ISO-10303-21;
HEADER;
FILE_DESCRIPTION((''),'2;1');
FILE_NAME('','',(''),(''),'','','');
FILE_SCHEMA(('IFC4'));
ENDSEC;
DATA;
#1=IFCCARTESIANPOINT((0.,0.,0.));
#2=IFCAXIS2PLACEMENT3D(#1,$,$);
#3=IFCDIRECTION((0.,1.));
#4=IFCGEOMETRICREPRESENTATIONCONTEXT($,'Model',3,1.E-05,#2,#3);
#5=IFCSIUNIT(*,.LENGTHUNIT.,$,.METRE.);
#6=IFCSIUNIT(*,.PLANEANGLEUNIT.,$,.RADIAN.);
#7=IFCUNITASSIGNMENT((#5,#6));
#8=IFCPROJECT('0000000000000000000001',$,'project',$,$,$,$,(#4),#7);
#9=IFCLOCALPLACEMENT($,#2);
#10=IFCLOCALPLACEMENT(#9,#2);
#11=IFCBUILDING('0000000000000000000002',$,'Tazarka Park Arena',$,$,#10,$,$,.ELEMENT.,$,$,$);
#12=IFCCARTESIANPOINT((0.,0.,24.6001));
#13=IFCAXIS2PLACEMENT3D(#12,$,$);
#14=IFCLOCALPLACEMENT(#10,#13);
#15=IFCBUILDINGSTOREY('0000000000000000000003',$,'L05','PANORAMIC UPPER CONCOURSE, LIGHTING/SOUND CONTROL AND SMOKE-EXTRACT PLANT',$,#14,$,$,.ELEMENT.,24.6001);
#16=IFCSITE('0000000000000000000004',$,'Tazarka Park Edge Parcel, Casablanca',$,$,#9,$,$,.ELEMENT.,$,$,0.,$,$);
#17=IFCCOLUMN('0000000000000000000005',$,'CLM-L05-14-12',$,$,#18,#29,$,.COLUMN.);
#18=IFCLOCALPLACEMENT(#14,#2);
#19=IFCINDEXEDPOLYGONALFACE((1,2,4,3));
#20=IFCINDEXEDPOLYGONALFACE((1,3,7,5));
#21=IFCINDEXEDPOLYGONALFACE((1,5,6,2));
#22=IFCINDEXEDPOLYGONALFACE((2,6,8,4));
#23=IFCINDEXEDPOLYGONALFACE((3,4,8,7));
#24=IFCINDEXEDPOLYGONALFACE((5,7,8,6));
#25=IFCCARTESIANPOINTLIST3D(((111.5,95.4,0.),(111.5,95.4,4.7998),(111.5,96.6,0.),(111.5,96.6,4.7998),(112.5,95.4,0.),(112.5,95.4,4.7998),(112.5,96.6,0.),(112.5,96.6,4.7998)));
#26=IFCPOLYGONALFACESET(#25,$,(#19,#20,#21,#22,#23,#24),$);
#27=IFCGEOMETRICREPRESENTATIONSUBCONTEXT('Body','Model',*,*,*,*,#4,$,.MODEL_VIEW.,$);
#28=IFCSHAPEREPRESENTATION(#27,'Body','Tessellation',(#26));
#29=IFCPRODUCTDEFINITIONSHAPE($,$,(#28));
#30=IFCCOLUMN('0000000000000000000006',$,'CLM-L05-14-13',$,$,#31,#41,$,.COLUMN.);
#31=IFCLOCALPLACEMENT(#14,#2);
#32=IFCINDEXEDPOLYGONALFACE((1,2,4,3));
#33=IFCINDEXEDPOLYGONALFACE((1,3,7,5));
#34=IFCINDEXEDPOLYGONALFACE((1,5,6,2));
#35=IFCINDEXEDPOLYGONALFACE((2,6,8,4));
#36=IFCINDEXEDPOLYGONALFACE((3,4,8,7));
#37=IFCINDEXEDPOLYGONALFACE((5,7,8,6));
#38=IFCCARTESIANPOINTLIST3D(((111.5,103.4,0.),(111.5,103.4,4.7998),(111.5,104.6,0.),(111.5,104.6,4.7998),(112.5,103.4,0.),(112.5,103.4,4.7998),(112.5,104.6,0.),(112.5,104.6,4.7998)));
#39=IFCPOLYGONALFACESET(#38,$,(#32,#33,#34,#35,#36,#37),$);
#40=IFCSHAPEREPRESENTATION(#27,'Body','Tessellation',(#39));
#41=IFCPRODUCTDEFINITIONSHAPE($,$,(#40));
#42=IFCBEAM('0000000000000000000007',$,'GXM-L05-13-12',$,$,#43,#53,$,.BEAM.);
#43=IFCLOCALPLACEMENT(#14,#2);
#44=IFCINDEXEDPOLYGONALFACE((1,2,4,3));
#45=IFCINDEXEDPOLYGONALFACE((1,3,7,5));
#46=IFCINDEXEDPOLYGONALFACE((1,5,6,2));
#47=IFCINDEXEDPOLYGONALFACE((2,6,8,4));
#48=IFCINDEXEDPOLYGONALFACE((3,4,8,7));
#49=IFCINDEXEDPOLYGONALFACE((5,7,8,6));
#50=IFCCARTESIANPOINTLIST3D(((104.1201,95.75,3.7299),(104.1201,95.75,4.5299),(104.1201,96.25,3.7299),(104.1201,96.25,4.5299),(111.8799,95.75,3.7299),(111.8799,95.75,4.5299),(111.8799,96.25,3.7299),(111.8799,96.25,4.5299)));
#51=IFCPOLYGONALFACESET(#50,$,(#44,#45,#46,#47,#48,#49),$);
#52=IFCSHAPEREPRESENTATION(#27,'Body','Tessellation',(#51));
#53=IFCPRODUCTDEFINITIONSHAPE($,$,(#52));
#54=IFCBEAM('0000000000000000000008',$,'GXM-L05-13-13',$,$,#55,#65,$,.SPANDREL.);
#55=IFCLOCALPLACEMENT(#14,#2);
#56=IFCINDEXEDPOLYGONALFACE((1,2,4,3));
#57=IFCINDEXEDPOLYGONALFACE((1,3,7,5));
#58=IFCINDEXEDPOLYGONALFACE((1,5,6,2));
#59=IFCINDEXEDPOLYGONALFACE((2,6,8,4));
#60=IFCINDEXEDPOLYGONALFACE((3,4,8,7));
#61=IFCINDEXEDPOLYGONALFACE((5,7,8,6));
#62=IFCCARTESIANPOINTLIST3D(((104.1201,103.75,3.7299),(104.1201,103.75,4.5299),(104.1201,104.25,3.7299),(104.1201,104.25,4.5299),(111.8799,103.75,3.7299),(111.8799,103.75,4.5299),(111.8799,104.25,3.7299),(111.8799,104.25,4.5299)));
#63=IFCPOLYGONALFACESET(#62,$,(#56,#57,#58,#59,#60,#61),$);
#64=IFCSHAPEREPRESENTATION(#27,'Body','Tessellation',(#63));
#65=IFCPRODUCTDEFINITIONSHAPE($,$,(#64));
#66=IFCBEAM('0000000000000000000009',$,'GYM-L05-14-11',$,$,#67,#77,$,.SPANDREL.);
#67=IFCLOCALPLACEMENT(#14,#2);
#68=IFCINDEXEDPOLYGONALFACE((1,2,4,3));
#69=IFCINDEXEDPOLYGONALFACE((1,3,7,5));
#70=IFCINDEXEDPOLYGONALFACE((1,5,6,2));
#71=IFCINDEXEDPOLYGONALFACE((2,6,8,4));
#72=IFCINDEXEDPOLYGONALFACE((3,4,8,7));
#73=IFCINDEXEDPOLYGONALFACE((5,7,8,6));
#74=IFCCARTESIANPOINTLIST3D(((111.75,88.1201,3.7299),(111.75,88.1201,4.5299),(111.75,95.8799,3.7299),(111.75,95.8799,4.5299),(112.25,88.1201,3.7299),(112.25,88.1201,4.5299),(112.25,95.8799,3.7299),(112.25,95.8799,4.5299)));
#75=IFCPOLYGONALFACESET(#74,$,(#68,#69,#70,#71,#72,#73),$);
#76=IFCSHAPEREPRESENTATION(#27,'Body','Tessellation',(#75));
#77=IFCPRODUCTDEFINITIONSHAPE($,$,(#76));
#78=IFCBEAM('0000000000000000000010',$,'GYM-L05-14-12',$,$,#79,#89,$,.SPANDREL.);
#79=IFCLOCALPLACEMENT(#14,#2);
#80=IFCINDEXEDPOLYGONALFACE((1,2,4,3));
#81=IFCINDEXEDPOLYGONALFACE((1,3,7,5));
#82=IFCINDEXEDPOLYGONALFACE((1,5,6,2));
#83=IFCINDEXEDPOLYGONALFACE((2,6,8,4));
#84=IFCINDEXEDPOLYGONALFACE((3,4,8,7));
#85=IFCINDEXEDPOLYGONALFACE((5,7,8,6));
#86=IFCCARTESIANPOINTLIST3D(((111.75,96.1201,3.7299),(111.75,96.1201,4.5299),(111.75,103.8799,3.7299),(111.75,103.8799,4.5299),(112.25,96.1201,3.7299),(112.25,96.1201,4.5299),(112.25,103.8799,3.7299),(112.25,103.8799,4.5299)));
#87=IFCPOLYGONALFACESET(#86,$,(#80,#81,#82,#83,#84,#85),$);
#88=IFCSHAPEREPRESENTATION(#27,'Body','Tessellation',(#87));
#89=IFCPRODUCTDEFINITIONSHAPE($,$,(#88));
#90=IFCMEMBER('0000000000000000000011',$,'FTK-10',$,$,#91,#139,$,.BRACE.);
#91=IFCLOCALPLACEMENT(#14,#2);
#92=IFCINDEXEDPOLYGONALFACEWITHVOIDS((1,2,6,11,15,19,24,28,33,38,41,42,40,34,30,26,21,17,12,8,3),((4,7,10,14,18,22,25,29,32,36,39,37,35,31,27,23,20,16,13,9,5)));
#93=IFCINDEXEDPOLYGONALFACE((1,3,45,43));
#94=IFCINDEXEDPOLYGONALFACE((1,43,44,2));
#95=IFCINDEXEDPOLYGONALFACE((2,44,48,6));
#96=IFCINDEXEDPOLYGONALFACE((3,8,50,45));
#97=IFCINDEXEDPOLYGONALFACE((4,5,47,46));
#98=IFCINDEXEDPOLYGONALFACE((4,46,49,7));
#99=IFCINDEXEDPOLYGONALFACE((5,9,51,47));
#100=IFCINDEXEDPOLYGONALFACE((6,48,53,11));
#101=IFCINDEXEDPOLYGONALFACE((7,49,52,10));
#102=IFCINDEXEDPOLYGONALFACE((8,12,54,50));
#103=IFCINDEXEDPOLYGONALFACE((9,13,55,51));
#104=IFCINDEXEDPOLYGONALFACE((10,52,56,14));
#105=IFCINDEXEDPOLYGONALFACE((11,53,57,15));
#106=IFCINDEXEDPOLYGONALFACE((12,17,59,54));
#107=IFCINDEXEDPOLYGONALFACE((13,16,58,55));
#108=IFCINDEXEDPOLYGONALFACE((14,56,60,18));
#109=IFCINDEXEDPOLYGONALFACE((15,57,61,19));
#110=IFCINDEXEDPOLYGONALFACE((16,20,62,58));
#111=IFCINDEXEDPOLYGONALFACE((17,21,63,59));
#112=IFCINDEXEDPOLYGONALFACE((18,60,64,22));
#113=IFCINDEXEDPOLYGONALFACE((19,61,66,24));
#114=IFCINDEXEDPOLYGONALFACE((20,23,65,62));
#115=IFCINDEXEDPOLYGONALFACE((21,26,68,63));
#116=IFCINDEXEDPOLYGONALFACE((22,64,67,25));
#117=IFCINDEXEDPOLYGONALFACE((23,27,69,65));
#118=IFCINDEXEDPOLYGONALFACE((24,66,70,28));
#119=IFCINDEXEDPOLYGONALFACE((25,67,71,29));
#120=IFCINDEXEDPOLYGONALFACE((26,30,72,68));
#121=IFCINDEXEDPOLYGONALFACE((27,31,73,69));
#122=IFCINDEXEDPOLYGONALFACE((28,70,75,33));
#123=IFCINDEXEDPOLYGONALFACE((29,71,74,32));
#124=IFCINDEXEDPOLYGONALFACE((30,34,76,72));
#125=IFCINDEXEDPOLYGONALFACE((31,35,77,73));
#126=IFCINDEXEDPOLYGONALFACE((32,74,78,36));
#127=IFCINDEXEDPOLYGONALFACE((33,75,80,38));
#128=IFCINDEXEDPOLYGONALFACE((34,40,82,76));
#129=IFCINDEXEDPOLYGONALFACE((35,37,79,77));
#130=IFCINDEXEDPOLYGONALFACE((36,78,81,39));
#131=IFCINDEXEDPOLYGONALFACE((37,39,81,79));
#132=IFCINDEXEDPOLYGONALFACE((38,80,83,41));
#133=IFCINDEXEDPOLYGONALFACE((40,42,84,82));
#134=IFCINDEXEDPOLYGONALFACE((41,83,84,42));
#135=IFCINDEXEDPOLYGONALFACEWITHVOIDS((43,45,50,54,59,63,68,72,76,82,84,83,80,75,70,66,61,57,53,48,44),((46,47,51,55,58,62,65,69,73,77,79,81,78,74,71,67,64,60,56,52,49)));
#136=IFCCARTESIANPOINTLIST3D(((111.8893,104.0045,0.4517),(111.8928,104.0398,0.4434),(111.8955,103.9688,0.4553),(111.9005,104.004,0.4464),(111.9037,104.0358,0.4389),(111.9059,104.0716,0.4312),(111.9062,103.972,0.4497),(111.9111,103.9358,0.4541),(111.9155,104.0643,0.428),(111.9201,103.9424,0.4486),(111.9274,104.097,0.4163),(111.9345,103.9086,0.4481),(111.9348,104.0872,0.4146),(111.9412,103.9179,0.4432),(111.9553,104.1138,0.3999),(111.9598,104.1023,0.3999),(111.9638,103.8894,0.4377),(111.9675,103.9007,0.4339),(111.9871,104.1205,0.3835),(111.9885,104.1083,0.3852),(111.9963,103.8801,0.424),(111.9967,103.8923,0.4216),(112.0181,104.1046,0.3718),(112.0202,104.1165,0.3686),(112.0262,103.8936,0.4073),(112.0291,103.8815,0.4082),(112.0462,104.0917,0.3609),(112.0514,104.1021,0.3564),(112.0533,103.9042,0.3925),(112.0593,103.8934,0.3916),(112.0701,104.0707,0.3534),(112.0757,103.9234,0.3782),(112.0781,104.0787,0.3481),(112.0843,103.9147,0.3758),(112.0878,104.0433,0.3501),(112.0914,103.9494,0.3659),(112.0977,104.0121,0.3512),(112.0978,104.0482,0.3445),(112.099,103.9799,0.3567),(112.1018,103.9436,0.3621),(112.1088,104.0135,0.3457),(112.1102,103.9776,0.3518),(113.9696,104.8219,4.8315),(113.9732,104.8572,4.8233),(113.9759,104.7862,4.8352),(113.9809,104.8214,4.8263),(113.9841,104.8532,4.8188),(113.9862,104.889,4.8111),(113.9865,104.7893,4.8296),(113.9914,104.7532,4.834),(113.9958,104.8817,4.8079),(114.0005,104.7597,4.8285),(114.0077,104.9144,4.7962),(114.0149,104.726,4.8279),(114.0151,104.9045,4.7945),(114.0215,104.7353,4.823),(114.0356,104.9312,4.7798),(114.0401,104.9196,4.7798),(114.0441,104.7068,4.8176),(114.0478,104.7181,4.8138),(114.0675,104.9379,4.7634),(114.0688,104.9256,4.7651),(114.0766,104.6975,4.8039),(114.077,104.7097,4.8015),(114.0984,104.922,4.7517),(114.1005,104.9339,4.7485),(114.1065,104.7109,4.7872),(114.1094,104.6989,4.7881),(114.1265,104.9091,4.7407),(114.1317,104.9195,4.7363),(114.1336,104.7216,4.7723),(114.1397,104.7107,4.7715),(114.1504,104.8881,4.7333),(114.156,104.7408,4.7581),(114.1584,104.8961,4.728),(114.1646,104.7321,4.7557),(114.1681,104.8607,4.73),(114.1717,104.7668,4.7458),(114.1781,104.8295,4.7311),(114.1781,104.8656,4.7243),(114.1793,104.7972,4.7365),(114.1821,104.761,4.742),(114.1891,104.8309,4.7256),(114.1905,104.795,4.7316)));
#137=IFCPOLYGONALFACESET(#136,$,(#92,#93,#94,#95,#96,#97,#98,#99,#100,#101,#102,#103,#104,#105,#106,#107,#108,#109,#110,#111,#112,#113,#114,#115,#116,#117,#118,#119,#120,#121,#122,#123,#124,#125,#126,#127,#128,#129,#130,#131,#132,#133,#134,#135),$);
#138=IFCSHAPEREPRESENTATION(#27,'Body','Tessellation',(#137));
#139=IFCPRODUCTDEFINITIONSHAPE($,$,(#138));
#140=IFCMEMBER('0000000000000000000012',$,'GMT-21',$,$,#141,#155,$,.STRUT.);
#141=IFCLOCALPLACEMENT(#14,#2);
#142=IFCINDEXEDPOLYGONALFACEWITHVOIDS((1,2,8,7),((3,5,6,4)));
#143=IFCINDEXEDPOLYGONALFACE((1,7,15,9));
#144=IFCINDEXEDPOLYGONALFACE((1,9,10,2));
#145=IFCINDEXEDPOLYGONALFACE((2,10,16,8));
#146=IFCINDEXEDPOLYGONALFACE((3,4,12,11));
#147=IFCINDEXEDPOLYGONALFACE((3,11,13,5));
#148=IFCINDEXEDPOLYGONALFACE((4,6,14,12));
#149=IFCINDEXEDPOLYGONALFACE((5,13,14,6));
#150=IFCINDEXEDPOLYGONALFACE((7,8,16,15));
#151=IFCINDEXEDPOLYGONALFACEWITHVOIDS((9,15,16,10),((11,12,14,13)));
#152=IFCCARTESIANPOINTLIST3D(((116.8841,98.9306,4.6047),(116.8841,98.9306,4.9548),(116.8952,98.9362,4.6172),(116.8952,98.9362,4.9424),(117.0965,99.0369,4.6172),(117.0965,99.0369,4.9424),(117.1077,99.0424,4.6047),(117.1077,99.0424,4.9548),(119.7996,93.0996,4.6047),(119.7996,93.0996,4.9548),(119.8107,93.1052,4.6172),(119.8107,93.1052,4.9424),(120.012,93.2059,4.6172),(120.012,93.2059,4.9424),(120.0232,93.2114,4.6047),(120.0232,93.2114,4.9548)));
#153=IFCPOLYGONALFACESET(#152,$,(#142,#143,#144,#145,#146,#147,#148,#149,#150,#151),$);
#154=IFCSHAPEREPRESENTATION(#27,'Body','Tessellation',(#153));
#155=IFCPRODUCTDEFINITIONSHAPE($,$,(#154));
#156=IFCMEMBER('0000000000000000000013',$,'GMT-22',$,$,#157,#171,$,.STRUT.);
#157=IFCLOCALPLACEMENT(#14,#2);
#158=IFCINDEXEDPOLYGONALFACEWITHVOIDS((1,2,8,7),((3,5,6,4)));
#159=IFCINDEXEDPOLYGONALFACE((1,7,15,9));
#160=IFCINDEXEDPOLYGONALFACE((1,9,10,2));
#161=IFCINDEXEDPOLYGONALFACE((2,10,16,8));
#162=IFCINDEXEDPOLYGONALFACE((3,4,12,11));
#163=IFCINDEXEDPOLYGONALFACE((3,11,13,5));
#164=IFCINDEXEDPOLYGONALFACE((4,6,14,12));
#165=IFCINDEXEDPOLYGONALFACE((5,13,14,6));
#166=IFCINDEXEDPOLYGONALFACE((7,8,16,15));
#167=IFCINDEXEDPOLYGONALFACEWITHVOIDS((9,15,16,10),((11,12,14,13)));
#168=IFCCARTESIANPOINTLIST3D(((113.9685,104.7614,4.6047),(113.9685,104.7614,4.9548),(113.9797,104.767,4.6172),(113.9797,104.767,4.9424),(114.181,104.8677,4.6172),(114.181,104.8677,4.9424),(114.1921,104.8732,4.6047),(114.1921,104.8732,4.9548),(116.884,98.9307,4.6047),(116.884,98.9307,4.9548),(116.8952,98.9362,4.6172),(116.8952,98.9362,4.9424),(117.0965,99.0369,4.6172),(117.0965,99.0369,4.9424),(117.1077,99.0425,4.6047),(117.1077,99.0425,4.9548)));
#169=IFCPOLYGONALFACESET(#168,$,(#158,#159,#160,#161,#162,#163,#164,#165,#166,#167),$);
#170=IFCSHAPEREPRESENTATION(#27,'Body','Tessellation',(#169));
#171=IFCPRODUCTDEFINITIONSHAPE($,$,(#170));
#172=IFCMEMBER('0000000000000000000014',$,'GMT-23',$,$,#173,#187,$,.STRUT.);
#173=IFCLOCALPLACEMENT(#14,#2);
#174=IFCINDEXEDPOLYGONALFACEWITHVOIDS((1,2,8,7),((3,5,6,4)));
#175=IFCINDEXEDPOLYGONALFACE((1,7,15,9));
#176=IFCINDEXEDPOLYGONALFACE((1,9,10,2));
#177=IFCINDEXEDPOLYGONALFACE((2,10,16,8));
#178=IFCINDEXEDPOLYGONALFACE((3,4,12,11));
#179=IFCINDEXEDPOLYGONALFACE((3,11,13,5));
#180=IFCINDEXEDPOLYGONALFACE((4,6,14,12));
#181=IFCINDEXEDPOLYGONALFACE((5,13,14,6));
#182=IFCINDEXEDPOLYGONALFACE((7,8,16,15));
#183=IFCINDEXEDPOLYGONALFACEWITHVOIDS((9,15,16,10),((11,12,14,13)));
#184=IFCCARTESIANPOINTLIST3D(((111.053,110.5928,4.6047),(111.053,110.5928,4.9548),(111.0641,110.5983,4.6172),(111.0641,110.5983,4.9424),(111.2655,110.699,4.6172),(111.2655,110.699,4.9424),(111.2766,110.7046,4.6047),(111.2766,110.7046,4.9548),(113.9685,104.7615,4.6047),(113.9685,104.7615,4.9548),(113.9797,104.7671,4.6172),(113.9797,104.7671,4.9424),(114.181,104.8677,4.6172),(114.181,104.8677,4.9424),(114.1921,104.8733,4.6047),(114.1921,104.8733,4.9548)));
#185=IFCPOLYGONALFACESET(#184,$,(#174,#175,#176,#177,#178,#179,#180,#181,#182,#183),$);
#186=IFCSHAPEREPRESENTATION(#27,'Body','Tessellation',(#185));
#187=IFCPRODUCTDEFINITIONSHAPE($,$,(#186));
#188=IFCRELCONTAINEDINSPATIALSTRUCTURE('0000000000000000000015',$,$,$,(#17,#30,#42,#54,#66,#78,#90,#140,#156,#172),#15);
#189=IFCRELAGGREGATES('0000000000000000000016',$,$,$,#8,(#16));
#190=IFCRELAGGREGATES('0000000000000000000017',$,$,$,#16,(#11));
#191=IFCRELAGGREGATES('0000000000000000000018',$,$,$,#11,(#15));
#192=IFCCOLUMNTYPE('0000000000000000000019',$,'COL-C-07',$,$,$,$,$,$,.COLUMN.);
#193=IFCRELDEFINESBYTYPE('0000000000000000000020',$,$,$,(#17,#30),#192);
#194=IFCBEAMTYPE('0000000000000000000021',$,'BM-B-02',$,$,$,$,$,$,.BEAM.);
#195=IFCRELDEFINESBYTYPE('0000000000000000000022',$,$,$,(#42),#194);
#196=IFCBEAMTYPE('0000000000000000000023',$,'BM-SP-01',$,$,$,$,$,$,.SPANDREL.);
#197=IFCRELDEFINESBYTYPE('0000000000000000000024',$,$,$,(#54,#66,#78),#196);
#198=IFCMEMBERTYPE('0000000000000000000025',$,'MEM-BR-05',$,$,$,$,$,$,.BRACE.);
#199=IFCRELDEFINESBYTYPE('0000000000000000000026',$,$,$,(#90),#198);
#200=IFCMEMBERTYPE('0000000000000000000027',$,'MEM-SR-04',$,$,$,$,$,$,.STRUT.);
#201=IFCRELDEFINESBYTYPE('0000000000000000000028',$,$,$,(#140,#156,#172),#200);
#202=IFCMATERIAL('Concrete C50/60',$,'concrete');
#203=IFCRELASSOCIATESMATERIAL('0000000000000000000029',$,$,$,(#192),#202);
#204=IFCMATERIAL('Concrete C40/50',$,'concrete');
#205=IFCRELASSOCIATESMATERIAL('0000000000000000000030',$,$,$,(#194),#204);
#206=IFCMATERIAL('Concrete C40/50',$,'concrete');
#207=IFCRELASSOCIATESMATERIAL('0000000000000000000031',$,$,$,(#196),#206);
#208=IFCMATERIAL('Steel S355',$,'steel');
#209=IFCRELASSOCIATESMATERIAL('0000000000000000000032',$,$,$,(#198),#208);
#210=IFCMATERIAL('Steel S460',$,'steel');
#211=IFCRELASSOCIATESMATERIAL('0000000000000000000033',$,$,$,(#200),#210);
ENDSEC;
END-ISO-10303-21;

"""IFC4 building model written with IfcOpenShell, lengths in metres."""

from ifc_helpers import new_model, si_unit, direction, frame, origin, origin_2d, place, context, subcontext, project, spatial, rectangle, hollow_rectangle, hollow_circle, extrude, material, material_profile, profile_set, type_object, element, save


model = new_model("IFC4")

# Units and contexts
model_context = context("Model", 3, precision=1e-05, world=origin(), true_north=direction((0.0, 1.0)))
body_context = subcontext(model_context, "Body", "Model", "MODEL_VIEW")
ifc_project = project(units=[si_unit("LENGTHUNIT", "METRE"), si_unit("PLANEANGLEUNIT", "RADIAN")], contexts=[model_context])

# Site, building, storey
site_placement = place(None, origin())
site = spatial("IfcSite", under=ifc_project, at=site_placement, Name="Tazarka Park Edge Parcel, Casablanca", CompositionType="ELEMENT", RefElevation=0.0)
building_placement = place(site_placement, origin())
building = spatial("IfcBuilding", under=site, at=building_placement, Name="Tazarka Park Arena", CompositionType="ELEMENT")
storey_placement = place(building_placement, frame((0.0, 0.0, 24.6001)))
storey = spatial("IfcBuildingStorey", under=building, at=storey_placement, Name="L05", Description="PANORAMIC UPPER CONCOURSE, LIGHTING/SOUND CONTROL AND SMOKE-EXTRACT PLANT", CompositionType="ELEMENT", Elevation=24.6001)

# Columns
ifc_material_1 = material(Name="Concrete C50/60", Category="concrete")
ifc_material_profile_1 = material_profile(ifc_material_1, rectangle(XDim=1.0, YDim=1.2, at=origin_2d()), Name="Concrete C50/60")
ifc_profile_set_1 = profile_set([ifc_material_profile_1], Name="Concrete C50/60")
column_type = type_object("IfcColumnType", Name="COL-C-07", PredefinedType="COLUMN", material=ifc_profile_set_1)
for number, where, z_axis, x_axis, name in (
    (1, (112.0, 96.0, 0.0), (0.0, 0.0, 1.0), (1.0, 0.0, 0.0), "CLM-L05-14-12"),
    (2, (112.0, 104.0, 0.0), (0.0, 0.0, 1.0), (1.0, 0.0, 0.0), "CLM-L05-14-13"),
):
    element("IfcColumn", number, at=place(storey_placement, frame(where, z_axis=z_axis, x_axis=x_axis)), inside=storey, type_object=column_type, Name=name, PredefinedType="COLUMN", context=body_context, shape_type="SweptSolid", body=[
        extrude(rectangle(XDim=1.0, YDim=1.2, at=origin_2d()), origin(), (0.0, 0.0, 1.0), 4.7998),
    ])

# Beams
ifc_material_2 = material(Name="Concrete C40/50", Category="concrete")
ifc_material_profile_2 = material_profile(ifc_material_2, rectangle(XDim=0.5, YDim=0.8, at=origin_2d()), Name="Concrete C40/50")
ifc_profile_set_2 = profile_set([ifc_material_profile_2], Name="Concrete C40/50")
beam_type_1 = type_object("IfcBeamType", Name="BM-B-02", PredefinedType="BEAM", material=ifc_profile_set_2)
beam_placement = place(storey_placement, frame((104.1201, 96.0, 4.1299), z_axis=(1.0, 0.0, 0.0), x_axis=(0.0, 1.0, 0.0)))
element("IfcBeam", 3, at=beam_placement, inside=storey, type_object=beam_type_1, Name="GXM-L05-13-12", PredefinedType="BEAM", context=body_context, shape_type="SweptSolid", body=[
    extrude(rectangle(XDim=0.5, YDim=0.8, at=origin_2d()), origin(), (0.0, 0.0, 1.0), 7.7598),
])
ifc_material_3 = material(Name="Concrete C40/50", Category="concrete")
ifc_material_profile_3 = material_profile(ifc_material_3, rectangle(XDim=0.5, YDim=0.8, at=origin_2d()), Name="Concrete C40/50")
ifc_profile_set_3 = profile_set([ifc_material_profile_3], Name="Concrete C40/50")
beam_type_2 = type_object("IfcBeamType", Name="BM-SP-01", PredefinedType="SPANDREL", material=ifc_profile_set_3)
for number, where, z_axis, x_axis, name in (
    (4, (104.1201, 104.0, 4.1299), (1.0, 0.0, 0.0), (0.0, 1.0, 0.0), "GXM-L05-13-13"),
    (5, (112.0, 88.1201, 4.1299), (0.0, 1.0, 0.0), (-1.0, 0.0, 0.0), "GYM-L05-14-11"),
    (6, (112.0, 96.1201, 4.1299), (0.0, 1.0, 0.0), (-1.0, 0.0, 0.0), "GYM-L05-14-12"),
):
    element("IfcBeam", number, at=place(storey_placement, frame(where, z_axis=z_axis, x_axis=x_axis)), inside=storey, type_object=beam_type_2, Name=name, PredefinedType="SPANDREL", context=body_context, shape_type="SweptSolid", body=[
        extrude(rectangle(XDim=0.5, YDim=0.8, at=origin_2d()), origin(), (0.0, 0.0, 1.0), 7.7598),
    ])

# Members
ifc_material_4 = material(Name="Steel S355", Category="steel")
ifc_material_profile_4 = material_profile(ifc_material_4, hollow_circle(Radius=0.1223, WallThickness=0.0125, at=origin_2d()), Name="Steel S355")
ifc_profile_set_4 = profile_set([ifc_material_profile_4], Name="Steel S355")
member_type_1 = type_object("IfcMemberType", Name="MEM-BR-05", PredefinedType="BRACE", material=ifc_profile_set_4)
member_1_placement = place(storey_placement, frame((112.0, 104.0, 0.3999), z_axis=(0.423067, 0.166228, 0.89072), x_axis=(-0.365696, 0.930734, 0.0)))
element("IfcMember", 7, at=member_1_placement, inside=storey, type_object=member_type_1, Name="FTK-10", PredefinedType="BRACE", context=body_context, shape_type="SweptSolid", body=[
    extrude(hollow_circle(Radius=0.1223, WallThickness=0.0125, at=origin_2d()), origin(), (0.0, 0.0, 1.0), 4.9172),
])
ifc_material_5 = material(Name="Steel S460", Category="steel")
ifc_material_profile_5 = material_profile(ifc_material_5, hollow_rectangle(XDim=0.25, YDim=0.3501, WallThickness=0.0125, at=origin_2d()), Name="Steel S460")
ifc_profile_set_5 = profile_set([ifc_material_profile_5], Name="Steel S460")
member_type_2 = type_object("IfcMemberType", Name="MEM-SR-04", PredefinedType="STRUT", material=ifc_profile_set_5)
member_2_placement = place(storey_placement, frame((119.9114, 93.1555, 4.7798), z_axis=(-0.447214, 0.894427, 0.0), x_axis=(-0.894427, -0.447214, 0.0)))
element("IfcMember", 8, at=member_2_placement, inside=storey, type_object=member_type_2, Name="GMT-21", PredefinedType="STRUT", context=body_context, shape_type="SweptSolid", body=[
    extrude(hollow_rectangle(XDim=0.25, YDim=0.3501, WallThickness=0.0125, at=origin_2d()), origin(), (0.0, 0.0, 1.0), 6.5193),
])
member_3_placement = place(storey_placement, frame((116.9958, 98.9866, 4.7798), z_axis=(-0.447229, 0.89442, 0.0), x_axis=(-0.89442, -0.447229, 0.0)))
element("IfcMember", 9, at=member_3_placement, inside=storey, type_object=member_type_2, Name="GMT-22", PredefinedType="STRUT", context=body_context, shape_type="SweptSolid", body=[
    extrude(hollow_rectangle(XDim=0.25, YDim=0.3501, WallThickness=0.0125, at=origin_2d()), origin(), (0.0, 0.0, 1.0), 6.519),
])
member_4_placement = place(storey_placement, frame((114.0803, 104.8174, 4.7798), z_axis=(-0.447199, 0.894435, 0.0), x_axis=(-0.894435, -0.447199, 0.0)))
element("IfcMember", 10, at=member_4_placement, inside=storey, type_object=member_type_2, Name="GMT-23", PredefinedType="STRUT", context=body_context, shape_type="SweptSolid", body=[
    extrude(hollow_rectangle(XDim=0.25, YDim=0.3501, WallThickness=0.0125, at=origin_2d()), origin(), (0.0, 0.0, 1.0), 6.5195),
])

save(model, "model.ifc")
